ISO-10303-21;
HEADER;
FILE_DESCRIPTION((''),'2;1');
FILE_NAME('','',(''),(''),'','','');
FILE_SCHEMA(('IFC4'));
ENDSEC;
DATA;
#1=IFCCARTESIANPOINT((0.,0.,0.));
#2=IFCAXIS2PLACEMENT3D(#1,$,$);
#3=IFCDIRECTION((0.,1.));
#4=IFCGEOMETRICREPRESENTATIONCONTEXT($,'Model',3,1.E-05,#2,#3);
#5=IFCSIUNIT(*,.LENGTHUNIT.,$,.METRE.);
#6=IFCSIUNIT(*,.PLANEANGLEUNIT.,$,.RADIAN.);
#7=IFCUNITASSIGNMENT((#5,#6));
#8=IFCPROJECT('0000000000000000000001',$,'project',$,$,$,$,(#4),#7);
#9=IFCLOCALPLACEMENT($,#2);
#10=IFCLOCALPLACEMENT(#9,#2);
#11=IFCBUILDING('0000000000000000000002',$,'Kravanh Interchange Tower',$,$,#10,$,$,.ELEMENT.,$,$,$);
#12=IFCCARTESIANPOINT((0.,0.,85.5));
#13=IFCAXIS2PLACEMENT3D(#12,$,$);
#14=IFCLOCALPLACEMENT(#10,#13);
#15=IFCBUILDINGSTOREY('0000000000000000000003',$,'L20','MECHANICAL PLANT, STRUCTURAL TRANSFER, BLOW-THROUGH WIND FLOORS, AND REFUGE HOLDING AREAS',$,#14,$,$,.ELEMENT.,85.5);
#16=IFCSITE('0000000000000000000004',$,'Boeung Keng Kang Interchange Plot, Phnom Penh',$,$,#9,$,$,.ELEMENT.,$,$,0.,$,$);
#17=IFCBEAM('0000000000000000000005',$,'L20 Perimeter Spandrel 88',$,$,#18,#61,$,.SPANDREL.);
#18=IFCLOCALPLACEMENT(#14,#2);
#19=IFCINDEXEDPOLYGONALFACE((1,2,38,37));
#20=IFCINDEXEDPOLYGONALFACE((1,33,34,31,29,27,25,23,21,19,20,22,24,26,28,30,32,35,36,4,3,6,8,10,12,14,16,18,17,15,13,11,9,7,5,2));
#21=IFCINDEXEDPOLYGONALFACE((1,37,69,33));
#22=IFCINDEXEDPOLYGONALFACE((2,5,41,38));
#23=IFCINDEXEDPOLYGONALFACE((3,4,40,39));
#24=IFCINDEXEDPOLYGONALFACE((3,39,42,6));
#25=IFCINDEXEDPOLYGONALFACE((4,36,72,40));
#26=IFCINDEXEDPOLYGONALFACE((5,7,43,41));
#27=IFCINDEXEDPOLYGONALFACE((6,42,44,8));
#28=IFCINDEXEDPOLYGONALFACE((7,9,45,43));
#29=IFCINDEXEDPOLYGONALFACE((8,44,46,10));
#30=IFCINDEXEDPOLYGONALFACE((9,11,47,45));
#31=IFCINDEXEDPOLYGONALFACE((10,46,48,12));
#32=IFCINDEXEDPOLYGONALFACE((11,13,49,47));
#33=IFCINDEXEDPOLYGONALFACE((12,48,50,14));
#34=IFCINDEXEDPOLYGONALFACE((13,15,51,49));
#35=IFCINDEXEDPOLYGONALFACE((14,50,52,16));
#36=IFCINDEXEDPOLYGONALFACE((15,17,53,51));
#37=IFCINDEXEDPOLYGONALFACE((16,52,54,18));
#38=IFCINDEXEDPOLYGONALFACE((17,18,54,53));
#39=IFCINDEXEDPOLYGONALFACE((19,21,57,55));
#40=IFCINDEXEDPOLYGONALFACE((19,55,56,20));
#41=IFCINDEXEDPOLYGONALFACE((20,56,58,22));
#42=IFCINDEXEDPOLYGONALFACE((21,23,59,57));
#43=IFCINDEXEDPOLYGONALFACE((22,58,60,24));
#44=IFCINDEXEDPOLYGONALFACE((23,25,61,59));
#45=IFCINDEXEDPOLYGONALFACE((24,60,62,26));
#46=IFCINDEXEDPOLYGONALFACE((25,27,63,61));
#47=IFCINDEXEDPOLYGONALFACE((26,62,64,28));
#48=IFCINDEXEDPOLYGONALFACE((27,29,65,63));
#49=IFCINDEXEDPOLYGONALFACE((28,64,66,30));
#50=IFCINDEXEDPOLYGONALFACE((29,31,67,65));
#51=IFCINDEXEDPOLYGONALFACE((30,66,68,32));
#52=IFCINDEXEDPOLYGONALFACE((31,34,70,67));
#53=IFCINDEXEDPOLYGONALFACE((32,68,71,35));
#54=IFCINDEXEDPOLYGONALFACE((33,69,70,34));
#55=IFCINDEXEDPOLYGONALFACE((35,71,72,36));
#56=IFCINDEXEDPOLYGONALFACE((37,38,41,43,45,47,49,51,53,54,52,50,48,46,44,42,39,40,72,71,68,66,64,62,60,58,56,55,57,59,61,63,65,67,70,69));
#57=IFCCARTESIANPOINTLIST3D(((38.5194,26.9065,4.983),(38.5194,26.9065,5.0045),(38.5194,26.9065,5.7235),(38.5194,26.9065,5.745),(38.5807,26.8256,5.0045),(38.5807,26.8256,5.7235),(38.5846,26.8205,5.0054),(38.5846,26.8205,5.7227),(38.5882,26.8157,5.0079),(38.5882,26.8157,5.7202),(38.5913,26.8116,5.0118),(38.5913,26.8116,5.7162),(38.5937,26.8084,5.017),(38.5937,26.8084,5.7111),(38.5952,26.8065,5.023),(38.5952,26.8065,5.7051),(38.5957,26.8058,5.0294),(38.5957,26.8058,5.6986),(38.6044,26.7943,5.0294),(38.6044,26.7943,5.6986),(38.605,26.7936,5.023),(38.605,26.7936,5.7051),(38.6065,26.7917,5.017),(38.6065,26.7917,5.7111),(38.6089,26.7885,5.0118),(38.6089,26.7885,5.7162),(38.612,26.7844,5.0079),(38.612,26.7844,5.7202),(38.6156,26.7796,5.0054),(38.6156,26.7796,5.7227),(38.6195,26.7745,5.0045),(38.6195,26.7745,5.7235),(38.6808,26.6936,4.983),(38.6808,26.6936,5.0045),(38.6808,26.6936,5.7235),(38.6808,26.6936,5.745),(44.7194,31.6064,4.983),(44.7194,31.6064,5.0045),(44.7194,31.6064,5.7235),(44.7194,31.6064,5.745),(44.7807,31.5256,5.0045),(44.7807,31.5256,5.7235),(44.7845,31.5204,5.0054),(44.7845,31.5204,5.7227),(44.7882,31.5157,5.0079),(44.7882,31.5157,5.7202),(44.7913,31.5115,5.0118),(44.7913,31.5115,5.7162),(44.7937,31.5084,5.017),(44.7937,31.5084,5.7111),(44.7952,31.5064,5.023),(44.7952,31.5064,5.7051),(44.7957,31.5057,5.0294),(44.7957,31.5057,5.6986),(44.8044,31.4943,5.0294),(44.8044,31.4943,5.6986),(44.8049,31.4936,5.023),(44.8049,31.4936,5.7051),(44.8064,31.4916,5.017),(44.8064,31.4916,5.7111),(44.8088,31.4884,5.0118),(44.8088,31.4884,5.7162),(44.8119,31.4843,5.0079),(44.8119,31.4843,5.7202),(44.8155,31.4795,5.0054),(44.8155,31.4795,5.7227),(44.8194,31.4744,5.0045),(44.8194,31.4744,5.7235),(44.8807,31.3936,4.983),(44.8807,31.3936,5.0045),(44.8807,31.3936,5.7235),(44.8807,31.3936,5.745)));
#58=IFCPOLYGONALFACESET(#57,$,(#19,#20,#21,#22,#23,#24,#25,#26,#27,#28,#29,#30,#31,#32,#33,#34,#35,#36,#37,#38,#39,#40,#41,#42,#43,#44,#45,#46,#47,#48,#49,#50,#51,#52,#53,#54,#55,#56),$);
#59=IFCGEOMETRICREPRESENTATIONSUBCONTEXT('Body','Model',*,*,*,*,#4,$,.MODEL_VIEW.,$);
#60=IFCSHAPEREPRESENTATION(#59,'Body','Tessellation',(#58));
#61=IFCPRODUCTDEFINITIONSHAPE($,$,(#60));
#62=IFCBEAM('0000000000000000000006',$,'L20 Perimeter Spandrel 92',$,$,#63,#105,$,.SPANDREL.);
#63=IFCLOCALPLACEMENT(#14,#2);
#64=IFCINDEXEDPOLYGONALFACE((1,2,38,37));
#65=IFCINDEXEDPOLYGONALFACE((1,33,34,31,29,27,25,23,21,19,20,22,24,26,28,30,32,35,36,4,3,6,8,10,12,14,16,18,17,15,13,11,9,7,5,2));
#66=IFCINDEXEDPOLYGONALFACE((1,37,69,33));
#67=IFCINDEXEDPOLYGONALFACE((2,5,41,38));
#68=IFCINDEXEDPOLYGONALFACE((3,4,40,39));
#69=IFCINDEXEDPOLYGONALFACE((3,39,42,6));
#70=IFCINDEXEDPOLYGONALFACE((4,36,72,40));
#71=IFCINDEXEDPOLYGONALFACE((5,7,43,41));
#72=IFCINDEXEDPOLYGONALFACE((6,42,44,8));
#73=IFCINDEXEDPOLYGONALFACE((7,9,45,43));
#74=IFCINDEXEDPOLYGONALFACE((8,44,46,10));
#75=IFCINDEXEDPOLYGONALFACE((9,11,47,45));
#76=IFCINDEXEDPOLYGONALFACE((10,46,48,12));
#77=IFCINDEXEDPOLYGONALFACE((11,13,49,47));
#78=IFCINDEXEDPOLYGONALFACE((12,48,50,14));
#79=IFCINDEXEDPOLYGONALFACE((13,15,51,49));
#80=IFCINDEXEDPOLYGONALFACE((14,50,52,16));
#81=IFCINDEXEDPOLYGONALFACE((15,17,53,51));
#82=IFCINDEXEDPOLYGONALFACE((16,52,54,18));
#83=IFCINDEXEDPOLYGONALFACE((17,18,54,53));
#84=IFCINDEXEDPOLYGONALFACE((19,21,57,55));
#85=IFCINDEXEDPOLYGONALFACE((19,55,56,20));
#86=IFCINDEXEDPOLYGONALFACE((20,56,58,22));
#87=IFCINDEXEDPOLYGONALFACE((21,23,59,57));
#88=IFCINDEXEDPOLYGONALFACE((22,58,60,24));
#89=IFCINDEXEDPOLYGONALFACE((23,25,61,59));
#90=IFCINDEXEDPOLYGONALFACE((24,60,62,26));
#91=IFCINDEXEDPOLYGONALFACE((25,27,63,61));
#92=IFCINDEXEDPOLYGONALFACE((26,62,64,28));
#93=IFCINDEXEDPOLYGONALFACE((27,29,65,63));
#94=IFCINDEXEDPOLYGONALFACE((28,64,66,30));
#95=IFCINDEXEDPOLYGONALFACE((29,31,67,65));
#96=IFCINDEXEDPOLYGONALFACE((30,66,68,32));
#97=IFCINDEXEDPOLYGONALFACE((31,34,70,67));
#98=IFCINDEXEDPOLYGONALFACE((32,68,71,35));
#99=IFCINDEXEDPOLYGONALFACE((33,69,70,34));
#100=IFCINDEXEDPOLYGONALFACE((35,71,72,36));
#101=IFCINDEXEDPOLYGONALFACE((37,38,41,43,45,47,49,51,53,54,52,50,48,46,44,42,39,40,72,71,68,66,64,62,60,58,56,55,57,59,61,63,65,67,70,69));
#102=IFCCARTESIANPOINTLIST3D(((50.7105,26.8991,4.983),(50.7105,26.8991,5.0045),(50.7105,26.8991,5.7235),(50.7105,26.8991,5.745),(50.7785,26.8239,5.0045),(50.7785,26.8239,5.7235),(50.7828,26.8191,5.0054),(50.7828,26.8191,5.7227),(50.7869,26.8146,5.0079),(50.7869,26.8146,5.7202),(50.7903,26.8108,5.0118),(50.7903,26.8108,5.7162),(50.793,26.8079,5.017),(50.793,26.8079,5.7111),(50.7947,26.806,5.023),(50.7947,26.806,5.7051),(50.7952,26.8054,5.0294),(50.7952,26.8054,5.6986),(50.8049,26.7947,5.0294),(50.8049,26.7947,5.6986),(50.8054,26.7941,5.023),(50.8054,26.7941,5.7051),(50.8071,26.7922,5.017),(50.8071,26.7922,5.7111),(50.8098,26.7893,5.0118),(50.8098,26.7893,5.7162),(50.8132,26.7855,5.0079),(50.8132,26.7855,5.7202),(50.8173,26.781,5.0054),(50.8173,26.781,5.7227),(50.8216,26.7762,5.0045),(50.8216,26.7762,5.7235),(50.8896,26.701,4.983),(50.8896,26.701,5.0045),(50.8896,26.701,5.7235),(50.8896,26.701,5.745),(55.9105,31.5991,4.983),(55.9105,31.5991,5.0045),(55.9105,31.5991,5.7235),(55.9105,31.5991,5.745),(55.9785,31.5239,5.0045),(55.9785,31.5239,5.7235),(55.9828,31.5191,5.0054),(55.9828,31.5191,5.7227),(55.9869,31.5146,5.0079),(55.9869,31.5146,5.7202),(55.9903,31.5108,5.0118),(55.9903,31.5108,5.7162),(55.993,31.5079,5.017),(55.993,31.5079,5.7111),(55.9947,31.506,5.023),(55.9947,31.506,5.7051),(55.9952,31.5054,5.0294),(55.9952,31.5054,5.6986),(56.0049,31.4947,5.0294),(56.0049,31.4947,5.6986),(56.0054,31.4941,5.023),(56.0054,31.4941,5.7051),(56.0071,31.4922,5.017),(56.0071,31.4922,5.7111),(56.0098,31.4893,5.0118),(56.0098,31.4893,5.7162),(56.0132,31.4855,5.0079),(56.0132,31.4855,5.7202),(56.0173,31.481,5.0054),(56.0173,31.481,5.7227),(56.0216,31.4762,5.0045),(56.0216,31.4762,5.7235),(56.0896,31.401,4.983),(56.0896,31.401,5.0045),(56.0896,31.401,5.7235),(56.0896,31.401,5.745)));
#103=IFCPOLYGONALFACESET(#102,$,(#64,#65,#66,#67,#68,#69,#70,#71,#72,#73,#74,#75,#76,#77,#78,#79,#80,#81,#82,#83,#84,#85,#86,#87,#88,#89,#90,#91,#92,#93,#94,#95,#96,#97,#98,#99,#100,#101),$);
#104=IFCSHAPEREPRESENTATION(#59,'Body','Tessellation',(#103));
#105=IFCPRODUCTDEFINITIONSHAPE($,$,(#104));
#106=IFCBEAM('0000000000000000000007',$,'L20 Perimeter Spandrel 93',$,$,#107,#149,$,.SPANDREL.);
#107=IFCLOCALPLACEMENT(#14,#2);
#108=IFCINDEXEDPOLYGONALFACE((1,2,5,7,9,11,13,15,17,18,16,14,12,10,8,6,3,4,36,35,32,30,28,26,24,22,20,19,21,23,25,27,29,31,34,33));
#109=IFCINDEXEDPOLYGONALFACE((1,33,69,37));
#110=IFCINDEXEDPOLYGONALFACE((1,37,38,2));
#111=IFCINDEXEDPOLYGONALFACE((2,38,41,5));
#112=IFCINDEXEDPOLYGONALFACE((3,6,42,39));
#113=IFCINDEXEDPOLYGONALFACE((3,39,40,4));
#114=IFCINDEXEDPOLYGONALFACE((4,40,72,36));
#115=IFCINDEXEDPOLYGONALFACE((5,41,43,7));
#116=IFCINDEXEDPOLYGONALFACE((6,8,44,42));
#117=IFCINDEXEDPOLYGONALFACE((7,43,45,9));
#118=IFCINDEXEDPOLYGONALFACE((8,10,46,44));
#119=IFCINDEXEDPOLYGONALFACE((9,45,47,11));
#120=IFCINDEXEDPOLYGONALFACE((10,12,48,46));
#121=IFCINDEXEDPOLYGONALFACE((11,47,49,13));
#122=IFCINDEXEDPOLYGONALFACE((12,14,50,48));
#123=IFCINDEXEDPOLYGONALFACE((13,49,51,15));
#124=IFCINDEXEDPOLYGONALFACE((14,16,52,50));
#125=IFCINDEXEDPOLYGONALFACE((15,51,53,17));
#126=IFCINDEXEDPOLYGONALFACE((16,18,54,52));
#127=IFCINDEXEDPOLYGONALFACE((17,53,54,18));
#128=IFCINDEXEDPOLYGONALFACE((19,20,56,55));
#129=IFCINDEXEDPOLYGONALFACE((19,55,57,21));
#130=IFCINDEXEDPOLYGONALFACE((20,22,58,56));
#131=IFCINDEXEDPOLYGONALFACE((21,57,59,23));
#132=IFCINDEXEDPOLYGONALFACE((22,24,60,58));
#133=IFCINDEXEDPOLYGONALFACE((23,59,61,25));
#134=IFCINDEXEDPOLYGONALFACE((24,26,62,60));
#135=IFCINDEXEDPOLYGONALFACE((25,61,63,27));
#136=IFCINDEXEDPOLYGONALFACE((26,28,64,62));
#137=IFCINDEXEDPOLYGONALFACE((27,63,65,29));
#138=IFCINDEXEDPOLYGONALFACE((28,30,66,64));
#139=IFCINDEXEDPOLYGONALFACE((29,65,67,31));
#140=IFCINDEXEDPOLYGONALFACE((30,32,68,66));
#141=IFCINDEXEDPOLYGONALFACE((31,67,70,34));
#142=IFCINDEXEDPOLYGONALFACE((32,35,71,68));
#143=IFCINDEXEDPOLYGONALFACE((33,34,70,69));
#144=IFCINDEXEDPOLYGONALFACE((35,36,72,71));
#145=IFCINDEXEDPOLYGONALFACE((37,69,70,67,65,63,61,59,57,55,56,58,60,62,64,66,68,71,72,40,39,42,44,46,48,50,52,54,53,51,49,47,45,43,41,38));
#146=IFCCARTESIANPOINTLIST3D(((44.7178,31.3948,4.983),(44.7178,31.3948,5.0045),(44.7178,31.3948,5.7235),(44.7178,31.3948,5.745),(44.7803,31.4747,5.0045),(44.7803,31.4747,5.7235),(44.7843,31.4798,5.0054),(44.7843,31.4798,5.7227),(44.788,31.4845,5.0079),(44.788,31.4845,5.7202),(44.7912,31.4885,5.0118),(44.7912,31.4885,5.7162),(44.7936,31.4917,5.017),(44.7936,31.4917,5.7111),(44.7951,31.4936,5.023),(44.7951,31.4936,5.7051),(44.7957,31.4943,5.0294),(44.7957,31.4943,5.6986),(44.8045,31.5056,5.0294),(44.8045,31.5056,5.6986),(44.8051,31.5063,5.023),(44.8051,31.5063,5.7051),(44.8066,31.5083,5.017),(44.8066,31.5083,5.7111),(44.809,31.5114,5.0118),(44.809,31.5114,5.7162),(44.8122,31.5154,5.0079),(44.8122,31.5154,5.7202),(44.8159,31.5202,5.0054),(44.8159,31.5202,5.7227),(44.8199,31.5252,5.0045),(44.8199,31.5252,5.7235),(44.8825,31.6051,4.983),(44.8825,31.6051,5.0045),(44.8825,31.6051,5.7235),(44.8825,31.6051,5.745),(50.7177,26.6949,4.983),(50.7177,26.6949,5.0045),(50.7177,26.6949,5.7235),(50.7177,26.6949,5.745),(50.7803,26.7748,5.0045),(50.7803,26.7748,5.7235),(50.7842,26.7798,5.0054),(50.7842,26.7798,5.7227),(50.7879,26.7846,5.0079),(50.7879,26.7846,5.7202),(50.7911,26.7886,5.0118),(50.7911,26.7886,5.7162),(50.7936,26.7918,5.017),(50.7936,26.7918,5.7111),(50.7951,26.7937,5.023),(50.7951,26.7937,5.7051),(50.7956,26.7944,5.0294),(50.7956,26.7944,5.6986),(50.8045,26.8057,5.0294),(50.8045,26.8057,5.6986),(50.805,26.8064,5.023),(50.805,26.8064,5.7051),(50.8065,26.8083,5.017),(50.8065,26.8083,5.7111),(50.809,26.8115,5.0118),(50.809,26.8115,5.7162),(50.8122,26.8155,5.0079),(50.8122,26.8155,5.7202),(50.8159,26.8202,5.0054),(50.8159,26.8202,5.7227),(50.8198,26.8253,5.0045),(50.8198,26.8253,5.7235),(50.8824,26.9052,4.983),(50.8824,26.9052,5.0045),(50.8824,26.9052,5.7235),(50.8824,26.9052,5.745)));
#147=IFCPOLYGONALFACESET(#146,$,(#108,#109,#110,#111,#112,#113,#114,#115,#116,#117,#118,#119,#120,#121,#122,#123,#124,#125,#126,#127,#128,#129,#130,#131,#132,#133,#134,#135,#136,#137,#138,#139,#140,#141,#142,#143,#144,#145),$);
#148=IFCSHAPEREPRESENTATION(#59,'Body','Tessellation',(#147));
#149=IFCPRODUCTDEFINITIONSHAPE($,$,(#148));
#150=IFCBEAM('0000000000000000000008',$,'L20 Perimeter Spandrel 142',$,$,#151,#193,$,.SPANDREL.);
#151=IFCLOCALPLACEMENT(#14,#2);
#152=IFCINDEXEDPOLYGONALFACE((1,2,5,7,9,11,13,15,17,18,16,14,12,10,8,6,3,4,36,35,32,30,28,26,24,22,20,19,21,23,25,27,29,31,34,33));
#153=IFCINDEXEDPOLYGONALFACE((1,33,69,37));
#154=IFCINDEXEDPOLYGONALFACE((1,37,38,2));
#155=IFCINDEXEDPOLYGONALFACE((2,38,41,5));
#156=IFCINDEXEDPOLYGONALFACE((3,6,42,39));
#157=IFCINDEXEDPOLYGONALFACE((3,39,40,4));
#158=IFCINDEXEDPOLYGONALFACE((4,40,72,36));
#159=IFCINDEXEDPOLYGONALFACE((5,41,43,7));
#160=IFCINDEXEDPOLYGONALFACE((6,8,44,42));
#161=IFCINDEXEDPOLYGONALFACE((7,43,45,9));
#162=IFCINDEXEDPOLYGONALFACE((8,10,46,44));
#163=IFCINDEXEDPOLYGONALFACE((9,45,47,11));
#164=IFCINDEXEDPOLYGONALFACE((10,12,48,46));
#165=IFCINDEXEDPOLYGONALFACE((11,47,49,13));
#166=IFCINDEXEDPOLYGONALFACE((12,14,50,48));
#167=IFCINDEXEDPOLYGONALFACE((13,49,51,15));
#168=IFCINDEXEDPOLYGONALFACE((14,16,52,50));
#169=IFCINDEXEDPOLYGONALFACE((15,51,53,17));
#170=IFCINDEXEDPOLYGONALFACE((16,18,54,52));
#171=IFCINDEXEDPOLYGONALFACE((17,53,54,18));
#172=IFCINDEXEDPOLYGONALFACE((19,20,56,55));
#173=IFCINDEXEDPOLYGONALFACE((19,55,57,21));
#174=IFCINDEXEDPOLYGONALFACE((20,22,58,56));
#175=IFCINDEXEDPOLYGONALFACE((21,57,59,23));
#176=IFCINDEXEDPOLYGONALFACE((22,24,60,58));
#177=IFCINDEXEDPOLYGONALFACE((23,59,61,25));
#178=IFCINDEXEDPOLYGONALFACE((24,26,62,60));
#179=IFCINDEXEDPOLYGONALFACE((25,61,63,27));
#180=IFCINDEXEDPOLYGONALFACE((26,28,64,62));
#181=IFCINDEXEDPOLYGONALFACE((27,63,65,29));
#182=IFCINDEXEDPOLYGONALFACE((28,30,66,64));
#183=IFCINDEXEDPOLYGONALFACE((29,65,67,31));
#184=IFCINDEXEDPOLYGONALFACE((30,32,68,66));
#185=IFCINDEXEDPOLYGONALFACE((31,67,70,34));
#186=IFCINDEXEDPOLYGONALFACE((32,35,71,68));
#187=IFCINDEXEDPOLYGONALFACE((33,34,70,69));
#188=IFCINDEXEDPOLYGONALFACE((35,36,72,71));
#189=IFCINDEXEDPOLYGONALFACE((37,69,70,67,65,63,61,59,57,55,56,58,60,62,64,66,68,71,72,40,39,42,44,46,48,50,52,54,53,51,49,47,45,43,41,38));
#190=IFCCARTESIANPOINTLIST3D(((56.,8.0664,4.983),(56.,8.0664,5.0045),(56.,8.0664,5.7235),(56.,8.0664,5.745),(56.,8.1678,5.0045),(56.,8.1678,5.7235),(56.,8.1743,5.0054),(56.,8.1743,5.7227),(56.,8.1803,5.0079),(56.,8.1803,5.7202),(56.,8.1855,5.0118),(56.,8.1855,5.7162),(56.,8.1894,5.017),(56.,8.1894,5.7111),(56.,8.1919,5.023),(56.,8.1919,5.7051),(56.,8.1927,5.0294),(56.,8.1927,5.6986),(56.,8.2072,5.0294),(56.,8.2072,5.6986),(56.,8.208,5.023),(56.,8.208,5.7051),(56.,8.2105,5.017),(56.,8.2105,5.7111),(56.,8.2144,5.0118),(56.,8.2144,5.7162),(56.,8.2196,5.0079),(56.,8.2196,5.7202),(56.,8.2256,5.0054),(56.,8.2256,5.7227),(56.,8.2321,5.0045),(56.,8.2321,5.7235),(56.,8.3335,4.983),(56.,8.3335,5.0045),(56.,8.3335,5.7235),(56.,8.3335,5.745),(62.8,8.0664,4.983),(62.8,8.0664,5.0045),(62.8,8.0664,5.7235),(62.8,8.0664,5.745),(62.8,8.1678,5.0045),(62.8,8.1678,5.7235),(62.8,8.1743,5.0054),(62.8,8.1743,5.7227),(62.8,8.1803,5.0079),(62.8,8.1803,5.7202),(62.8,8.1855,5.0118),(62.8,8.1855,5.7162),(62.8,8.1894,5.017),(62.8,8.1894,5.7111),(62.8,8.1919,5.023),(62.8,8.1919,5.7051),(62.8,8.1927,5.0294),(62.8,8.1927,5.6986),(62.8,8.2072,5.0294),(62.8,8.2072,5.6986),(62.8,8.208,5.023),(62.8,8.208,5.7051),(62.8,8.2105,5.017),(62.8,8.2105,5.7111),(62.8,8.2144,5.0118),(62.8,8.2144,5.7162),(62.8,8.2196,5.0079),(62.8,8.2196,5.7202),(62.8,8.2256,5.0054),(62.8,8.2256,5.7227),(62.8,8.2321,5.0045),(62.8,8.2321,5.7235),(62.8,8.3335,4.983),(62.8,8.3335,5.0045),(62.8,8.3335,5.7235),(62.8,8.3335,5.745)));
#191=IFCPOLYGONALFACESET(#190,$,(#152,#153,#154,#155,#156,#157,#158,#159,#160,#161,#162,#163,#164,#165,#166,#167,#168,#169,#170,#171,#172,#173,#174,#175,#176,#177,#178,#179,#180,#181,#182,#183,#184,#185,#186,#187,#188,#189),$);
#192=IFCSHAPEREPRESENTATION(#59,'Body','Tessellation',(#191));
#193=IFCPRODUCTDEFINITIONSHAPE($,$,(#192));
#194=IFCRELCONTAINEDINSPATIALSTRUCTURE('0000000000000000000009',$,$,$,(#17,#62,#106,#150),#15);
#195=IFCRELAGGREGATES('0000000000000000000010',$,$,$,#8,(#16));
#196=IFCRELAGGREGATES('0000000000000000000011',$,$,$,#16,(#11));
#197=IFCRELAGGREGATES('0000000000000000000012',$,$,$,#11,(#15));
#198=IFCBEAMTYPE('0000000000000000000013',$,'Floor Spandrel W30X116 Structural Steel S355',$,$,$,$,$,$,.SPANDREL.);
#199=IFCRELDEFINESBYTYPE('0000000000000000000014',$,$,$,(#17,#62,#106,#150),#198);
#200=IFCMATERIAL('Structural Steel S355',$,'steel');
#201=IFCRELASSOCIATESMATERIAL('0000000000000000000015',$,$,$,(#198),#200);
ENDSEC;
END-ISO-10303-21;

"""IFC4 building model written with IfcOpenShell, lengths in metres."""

from ifc_helpers import new_model, si_unit, direction, frame, origin, origin_2d, place, context, subcontext, project, spatial, i_section, extrude, material, material_profile, profile_set, type_object, element, save


model = new_model("IFC4")

# Units and contexts
model_context = context("Model", 3, precision=1e-05, world=origin(), true_north=direction((0.0, 1.0)))
body_context = subcontext(model_context, "Body", "Model", "MODEL_VIEW")
ifc_project = project(units=[si_unit("LENGTHUNIT", "METRE"), si_unit("PLANEANGLEUNIT", "RADIAN")], contexts=[model_context])

# Site, building, storey
site_placement = place(None, origin())
site = spatial("IfcSite", under=ifc_project, at=site_placement, Name="Boeung Keng Kang Interchange Plot, Phnom Penh", CompositionType="ELEMENT", RefElevation=0.0)
building_placement = place(site_placement, origin())
building = spatial("IfcBuilding", under=site, at=building_placement, Name="Kravanh Interchange Tower", CompositionType="ELEMENT")
storey_placement = place(building_placement, frame((0.0, 0.0, 85.5)))
storey = spatial("IfcBuildingStorey", under=building, at=storey_placement, Name="L20", Description="MECHANICAL PLANT, STRUCTURAL TRANSFER, BLOW-THROUGH WIND FLOORS, AND REFUGE HOLDING AREAS", CompositionType="ELEMENT", Elevation=85.5)

# Beams
ifc_material_1 = material(Name="Structural Steel S355", Category="steel")
ifc_material_profile_1 = material_profile(ifc_material_1, i_section(OverallWidth=0.2671, OverallDepth=0.762, WebThickness=0.0144, FlangeThickness=0.0215, FilletRadius=0.0249, at=origin_2d()), Name="W30X116")
ifc_profile_set_1 = profile_set([ifc_material_profile_1], Name="Structural Steel S355")
beam_type_1 = type_object("IfcBeamType", Name="Floor Spandrel W30X116 Structural Steel S355", PredefinedType="SPANDREL", material=ifc_profile_set_1)
beam_1_placement = place(storey_placement, frame((38.6001, 26.8, 5.364), z_axis=(0.796905, 0.604104, 0.0), x_axis=(-0.604104, 0.796905, 0.0)))
element("IfcBeam", 1, at=beam_1_placement, inside=storey, type_object=beam_type_1, Name="L20 Perimeter Spandrel 88", PredefinedType="SPANDREL", context=body_context, shape_type="SweptSolid", body=[
    extrude(i_section(OverallWidth=0.2671, OverallDepth=0.762, WebThickness=0.0144, FlangeThickness=0.0215, FilletRadius=0.0249, at=origin_2d()), origin(), (0.0, 0.0, 1.0), 7.78),
])
beam_2_placement = place(storey_placement, frame((50.8, 26.8, 5.364), z_axis=(0.741874, 0.670539, 0.0), x_axis=(-0.670539, 0.741874, 0.0)))
element("IfcBeam", 2, at=beam_2_placement, inside=storey, type_object=beam_type_1, Name="L20 Perimeter Spandrel 92", PredefinedType="SPANDREL", context=body_context, shape_type="SweptSolid", body=[
    extrude(i_section(OverallWidth=0.2671, OverallDepth=0.762, WebThickness=0.0144, FlangeThickness=0.0215, FilletRadius=0.0249, at=origin_2d()), origin(), (0.0, 0.0, 1.0), 7.0093),
])
beam_3_placement = place(storey_placement, frame((50.8, 26.8, 5.364), z_axis=(-0.787231, 0.616658, 0.0), x_axis=(-0.616658, -0.787231, 0.0)))
element("IfcBeam", 3, at=beam_3_placement, inside=storey, type_object=beam_type_1, Name="L20 Perimeter Spandrel 93", PredefinedType="SPANDREL", context=body_context, shape_type="SweptSolid", body=[
    extrude(i_section(OverallWidth=0.2671, OverallDepth=0.762, WebThickness=0.0144, FlangeThickness=0.0215, FilletRadius=0.0249, at=origin_2d()), origin(), (0.0, 0.0, 1.0), 7.6216),
])
beam_4_placement = place(storey_placement, frame((56.0, 8.2, 5.364), z_axis=(1.0, 0.0, 0.0), x_axis=(0.0, 1.0, 0.0)))
element("IfcBeam", 4, at=beam_4_placement, inside=storey, type_object=beam_type_1, Name="L20 Perimeter Spandrel 142", PredefinedType="SPANDREL", context=body_context, shape_type="SweptSolid", body=[
    extrude(i_section(OverallWidth=0.2671, OverallDepth=0.762, WebThickness=0.0144, FlangeThickness=0.0215, FilletRadius=0.0249, at=origin_2d()), origin(), (0.0, 0.0, 1.0), 6.8),
])

save(model, "model.ifc")
